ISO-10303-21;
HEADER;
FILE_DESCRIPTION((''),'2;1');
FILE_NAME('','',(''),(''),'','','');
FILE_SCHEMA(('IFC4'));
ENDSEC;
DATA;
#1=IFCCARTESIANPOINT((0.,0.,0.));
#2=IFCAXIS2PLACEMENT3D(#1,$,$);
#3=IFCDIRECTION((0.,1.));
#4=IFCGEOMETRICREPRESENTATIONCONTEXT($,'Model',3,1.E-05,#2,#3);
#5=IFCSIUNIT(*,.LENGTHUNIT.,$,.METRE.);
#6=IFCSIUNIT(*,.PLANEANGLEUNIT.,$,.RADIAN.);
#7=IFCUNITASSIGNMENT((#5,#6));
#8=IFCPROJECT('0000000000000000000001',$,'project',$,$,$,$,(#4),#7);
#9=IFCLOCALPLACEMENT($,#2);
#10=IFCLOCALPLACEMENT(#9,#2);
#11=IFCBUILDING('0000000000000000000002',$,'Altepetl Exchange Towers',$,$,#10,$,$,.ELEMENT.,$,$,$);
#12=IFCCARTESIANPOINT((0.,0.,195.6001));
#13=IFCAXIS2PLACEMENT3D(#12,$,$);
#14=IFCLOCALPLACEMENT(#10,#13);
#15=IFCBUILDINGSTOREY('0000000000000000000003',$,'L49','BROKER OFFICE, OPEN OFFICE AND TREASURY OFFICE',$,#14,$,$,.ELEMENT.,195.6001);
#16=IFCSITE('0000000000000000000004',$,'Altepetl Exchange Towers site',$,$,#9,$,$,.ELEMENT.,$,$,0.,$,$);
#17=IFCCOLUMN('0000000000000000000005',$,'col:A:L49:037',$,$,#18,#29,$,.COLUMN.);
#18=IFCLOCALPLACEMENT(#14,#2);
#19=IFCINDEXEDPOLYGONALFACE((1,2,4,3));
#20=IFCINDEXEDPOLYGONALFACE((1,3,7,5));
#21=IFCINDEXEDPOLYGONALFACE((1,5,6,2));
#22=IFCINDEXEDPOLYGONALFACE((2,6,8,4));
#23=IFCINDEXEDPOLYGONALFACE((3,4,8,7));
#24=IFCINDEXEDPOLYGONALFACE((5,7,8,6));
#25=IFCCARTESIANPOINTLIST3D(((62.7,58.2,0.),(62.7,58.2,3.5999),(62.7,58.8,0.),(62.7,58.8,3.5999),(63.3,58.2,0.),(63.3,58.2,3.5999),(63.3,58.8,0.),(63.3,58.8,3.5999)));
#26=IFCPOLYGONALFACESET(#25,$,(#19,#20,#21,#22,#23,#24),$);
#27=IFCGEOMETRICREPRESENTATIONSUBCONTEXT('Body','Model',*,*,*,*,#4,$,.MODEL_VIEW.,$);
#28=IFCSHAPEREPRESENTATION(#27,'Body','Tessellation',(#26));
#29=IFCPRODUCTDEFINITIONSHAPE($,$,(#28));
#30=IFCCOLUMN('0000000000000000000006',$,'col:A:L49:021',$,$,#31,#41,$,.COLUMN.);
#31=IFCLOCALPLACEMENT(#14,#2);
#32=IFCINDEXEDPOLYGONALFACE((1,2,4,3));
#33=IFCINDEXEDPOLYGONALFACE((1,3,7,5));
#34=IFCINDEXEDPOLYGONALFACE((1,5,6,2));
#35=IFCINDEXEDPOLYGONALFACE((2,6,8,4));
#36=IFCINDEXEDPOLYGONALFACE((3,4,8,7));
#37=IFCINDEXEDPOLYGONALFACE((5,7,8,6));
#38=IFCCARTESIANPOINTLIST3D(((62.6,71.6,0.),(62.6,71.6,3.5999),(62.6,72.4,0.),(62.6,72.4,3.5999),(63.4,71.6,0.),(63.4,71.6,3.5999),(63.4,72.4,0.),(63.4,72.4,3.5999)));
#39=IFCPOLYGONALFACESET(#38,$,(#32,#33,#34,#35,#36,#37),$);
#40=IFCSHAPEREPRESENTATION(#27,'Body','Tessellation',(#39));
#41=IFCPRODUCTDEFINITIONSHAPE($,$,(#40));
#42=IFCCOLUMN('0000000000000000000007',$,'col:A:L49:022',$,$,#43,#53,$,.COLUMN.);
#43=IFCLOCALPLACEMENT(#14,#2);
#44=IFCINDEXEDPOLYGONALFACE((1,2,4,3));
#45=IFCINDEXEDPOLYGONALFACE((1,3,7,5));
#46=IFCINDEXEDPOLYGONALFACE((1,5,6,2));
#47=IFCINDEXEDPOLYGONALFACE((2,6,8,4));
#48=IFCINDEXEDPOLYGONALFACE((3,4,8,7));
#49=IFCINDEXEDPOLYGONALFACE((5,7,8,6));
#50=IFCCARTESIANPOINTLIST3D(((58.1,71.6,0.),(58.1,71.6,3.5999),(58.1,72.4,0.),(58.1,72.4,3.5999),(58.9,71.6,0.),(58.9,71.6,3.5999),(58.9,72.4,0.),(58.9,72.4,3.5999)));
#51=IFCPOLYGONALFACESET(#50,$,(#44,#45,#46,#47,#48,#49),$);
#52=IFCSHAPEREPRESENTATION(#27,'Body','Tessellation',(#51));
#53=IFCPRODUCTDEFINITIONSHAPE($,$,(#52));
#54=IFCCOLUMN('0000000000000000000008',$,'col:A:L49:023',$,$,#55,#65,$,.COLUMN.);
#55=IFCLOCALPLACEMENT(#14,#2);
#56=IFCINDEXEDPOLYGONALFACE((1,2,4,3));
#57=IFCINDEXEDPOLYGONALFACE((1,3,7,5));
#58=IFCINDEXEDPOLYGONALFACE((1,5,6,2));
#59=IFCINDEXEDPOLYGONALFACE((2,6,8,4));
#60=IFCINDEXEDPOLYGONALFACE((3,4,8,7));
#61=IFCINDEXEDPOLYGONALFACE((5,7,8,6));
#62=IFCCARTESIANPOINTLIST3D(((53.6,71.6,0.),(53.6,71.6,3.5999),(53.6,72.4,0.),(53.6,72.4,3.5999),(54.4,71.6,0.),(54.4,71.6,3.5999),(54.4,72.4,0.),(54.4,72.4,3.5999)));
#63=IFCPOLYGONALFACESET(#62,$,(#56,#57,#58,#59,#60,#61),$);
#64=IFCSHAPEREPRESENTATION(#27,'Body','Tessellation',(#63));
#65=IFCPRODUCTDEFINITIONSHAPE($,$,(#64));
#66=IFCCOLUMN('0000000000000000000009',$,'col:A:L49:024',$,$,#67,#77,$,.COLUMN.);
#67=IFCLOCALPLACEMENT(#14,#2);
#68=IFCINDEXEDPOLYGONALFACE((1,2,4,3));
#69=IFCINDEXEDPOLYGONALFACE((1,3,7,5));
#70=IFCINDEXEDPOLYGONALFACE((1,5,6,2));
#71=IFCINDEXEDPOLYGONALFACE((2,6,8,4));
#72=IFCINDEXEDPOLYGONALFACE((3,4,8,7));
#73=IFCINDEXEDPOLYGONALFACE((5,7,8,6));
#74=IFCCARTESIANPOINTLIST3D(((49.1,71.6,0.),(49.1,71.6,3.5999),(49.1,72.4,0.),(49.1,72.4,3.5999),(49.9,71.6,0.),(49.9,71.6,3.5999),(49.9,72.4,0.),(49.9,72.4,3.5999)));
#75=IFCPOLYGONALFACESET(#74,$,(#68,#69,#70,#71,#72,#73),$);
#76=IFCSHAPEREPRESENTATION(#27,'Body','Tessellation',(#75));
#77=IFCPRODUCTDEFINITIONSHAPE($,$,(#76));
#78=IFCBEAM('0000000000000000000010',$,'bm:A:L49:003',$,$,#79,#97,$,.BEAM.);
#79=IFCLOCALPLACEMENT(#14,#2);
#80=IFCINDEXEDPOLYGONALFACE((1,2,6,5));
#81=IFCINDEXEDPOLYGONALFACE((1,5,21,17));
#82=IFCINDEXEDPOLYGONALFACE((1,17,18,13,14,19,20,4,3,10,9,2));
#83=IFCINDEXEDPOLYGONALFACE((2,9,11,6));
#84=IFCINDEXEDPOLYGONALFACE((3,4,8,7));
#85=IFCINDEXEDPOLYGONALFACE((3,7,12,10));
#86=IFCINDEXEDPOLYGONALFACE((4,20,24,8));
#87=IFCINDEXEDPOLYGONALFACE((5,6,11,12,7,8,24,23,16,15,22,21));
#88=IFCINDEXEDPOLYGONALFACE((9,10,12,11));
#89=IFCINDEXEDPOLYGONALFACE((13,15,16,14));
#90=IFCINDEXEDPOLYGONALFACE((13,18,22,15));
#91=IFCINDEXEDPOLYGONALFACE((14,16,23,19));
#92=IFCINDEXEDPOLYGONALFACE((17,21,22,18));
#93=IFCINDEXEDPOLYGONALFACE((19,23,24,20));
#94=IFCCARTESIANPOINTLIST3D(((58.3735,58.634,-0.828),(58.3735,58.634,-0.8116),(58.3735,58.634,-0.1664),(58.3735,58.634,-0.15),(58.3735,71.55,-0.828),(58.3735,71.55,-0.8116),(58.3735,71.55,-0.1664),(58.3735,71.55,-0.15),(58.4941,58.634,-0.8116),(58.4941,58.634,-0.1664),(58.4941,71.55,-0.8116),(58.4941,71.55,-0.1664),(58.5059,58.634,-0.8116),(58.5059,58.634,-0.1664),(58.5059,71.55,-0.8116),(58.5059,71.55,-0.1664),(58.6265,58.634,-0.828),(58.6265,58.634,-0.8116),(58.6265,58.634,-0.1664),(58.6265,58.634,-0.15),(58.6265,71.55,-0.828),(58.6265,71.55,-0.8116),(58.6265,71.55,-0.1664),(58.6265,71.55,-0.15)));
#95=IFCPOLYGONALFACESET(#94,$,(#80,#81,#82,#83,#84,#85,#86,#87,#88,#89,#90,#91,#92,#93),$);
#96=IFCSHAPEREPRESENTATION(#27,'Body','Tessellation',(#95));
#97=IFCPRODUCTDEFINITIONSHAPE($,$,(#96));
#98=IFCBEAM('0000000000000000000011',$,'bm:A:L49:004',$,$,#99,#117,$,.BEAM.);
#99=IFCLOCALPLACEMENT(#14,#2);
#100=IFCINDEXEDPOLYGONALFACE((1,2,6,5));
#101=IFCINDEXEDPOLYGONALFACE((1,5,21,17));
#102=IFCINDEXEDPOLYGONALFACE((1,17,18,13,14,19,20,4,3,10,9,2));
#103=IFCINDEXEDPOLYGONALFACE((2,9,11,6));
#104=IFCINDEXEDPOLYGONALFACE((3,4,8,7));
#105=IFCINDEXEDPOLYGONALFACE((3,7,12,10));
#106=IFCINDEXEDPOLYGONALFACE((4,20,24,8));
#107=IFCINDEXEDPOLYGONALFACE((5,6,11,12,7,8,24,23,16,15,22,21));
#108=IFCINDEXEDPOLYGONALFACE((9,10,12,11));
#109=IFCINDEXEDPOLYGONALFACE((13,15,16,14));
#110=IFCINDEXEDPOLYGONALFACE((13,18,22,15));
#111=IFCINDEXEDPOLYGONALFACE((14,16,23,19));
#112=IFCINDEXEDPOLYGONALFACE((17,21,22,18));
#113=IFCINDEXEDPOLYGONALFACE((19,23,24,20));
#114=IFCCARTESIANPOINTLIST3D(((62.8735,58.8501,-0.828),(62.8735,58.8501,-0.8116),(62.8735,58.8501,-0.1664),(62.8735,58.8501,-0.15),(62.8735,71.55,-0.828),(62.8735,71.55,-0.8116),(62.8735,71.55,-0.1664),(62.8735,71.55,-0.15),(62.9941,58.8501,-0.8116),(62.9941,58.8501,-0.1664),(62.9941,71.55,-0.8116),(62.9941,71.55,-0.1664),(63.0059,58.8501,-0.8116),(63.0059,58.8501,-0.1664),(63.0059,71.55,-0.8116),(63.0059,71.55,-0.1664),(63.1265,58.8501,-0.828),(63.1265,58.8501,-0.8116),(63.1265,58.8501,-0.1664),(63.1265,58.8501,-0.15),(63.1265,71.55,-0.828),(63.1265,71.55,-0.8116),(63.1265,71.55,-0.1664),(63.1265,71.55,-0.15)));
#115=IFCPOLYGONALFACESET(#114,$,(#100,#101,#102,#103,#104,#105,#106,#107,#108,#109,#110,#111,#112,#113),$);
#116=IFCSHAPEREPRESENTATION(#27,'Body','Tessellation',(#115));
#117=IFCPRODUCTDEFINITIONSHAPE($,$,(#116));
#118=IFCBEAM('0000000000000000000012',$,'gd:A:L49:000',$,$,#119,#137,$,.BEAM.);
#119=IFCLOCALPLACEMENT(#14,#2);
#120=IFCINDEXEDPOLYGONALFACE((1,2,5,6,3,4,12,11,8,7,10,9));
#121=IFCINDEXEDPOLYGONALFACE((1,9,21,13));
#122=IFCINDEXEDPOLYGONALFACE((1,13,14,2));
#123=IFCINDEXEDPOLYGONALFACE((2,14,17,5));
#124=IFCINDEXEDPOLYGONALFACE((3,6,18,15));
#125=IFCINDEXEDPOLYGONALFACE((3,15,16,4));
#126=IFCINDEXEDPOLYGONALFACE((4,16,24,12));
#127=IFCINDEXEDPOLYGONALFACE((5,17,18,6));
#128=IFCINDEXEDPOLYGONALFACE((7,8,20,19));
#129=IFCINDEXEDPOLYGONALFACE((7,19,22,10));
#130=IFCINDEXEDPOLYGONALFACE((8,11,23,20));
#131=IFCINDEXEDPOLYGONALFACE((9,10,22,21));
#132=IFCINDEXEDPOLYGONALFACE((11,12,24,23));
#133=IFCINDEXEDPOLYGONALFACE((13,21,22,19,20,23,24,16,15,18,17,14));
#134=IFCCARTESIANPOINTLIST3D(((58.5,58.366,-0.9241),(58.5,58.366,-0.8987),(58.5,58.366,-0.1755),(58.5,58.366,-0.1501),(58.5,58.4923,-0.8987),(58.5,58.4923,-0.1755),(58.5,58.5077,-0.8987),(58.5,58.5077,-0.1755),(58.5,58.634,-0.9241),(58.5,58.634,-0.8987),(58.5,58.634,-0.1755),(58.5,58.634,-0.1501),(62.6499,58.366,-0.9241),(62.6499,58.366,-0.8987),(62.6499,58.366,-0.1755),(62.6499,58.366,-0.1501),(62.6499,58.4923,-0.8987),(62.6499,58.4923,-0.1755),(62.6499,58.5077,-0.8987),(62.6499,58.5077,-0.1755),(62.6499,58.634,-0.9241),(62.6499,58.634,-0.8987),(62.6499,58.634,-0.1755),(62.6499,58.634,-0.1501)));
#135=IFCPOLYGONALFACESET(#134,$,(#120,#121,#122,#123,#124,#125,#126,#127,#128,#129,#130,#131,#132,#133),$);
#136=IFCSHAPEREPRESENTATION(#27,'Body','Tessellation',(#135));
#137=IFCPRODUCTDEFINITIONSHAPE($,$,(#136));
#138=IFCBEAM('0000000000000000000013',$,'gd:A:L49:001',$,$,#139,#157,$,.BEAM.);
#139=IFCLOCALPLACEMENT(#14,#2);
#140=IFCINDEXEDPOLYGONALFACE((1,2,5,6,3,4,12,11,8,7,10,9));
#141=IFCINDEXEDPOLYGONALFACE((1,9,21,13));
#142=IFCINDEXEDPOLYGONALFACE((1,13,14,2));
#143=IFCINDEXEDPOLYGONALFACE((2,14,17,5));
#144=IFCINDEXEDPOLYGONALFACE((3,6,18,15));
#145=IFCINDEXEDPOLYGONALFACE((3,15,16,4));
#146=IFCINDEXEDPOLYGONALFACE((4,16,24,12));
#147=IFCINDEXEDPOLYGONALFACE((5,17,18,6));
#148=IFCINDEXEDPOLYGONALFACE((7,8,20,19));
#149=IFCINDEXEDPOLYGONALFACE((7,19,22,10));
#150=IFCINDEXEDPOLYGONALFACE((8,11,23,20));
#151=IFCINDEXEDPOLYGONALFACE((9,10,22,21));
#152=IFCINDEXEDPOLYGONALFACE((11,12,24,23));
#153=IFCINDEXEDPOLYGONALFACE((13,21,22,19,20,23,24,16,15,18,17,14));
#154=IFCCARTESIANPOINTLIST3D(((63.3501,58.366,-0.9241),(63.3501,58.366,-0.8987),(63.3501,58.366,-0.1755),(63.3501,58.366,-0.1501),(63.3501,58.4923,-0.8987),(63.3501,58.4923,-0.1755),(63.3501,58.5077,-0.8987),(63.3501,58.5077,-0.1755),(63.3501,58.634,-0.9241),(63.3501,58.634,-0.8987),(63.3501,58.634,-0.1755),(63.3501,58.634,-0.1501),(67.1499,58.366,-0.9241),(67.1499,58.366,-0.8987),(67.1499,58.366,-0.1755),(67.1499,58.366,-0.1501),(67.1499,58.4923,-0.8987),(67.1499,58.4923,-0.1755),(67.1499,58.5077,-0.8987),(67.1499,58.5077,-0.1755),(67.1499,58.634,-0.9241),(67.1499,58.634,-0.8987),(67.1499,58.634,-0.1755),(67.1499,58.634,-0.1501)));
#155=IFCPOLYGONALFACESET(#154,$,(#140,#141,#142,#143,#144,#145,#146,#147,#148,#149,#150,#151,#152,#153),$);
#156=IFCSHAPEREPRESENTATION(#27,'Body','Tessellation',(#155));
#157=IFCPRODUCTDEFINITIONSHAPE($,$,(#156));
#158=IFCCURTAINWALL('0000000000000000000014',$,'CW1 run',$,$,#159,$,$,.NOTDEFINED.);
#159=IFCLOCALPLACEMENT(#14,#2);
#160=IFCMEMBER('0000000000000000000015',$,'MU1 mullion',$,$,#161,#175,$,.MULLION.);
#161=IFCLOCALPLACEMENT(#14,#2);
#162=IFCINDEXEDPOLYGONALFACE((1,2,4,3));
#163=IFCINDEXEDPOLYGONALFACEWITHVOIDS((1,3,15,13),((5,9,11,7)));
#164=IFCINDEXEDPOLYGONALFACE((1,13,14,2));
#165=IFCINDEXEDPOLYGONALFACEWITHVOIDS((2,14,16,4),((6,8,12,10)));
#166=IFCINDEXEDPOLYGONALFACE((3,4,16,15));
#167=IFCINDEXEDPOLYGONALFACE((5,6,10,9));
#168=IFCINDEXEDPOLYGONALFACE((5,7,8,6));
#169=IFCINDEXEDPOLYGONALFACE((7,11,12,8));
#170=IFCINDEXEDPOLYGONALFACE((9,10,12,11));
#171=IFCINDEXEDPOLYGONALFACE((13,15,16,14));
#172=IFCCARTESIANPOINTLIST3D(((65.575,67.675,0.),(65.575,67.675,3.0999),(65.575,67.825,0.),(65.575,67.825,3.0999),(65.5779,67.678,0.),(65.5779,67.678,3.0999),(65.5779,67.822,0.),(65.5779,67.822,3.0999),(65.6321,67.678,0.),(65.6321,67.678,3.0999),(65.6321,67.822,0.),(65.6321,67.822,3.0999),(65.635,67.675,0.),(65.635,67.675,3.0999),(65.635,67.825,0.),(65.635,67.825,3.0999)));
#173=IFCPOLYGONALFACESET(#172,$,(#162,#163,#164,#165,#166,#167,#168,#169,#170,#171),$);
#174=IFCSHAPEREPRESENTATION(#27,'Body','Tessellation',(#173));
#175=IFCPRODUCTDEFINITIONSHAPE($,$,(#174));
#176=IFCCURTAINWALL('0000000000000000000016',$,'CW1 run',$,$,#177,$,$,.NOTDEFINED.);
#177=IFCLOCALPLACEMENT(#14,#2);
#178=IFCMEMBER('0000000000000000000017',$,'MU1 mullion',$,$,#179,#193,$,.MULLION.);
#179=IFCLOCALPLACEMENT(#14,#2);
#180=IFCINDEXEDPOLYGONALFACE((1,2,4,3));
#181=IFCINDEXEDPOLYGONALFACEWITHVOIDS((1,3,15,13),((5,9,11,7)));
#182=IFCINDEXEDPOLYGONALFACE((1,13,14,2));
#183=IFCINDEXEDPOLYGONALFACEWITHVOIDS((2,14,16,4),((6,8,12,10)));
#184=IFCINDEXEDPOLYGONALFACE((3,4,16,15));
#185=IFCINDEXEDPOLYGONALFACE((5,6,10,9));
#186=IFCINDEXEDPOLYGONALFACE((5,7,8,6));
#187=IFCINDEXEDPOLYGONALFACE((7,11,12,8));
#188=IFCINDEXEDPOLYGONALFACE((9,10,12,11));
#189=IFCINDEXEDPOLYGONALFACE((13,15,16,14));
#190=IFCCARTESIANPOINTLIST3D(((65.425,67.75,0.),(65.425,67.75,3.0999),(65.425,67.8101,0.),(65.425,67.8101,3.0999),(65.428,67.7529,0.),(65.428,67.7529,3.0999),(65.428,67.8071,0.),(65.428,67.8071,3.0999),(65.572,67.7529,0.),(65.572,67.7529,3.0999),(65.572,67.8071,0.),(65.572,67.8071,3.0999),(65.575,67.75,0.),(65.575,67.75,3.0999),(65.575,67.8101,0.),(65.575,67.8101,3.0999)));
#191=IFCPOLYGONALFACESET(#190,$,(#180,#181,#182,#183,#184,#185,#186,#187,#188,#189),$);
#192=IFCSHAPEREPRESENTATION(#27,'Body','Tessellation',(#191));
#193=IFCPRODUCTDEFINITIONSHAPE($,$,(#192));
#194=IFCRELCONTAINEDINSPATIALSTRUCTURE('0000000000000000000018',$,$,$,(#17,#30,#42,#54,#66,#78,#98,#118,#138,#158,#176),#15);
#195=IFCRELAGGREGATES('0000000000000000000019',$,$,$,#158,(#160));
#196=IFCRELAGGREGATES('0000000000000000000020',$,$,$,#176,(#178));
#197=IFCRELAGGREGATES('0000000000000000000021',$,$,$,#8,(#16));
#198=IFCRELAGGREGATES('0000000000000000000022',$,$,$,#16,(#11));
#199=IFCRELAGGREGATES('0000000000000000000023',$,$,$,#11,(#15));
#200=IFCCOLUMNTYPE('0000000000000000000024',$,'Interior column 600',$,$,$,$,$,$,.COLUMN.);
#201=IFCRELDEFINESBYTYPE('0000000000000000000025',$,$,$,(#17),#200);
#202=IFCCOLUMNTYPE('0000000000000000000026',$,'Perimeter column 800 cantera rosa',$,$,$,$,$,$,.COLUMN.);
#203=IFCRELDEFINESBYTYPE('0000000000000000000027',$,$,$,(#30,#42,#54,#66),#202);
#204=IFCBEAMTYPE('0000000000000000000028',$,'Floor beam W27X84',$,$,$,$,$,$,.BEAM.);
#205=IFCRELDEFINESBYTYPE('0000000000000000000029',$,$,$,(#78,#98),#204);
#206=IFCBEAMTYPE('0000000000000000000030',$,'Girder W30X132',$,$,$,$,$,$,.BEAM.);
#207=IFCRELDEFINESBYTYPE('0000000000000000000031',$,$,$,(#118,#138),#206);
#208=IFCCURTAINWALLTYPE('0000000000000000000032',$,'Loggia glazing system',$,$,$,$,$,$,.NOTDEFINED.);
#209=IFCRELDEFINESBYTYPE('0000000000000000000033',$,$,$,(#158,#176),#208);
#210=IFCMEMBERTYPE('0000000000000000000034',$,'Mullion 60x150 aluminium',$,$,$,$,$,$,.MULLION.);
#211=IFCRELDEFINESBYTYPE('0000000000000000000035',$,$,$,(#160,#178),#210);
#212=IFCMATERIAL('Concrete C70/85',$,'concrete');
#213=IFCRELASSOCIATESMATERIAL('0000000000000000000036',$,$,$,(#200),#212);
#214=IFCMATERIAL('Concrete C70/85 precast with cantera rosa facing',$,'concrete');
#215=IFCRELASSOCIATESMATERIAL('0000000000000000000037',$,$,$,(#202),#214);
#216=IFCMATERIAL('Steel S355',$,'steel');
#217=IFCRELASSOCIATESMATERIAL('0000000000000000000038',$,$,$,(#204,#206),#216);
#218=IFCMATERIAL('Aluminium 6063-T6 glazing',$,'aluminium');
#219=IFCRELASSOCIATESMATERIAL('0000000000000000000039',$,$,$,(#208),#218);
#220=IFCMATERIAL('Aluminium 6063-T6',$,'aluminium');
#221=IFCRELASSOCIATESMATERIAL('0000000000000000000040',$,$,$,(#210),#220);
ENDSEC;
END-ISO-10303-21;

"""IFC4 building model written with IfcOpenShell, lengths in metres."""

from ifc_helpers import new_model, si_unit, direction, frame, origin, origin_2d, place, context, subcontext, project, spatial, rectangle, hollow_rectangle, i_section, extrude, material, material_profile, profile_set, type_object, element, aggregate, save


model = new_model("IFC4")

# Units and contexts
model_context = context("Model", 3, precision=1e-05, world=origin(), true_north=direction((0.0, 1.0)))
body_context = subcontext(model_context, "Body", "Model", "MODEL_VIEW")
ifc_project = project(units=[si_unit("LENGTHUNIT", "METRE"), si_unit("PLANEANGLEUNIT", "RADIAN")], contexts=[model_context])

# Site, building, storey
site_placement = place(None, origin())
site = spatial("IfcSite", under=ifc_project, at=site_placement, Name="Altepetl Exchange Towers site", CompositionType="ELEMENT", RefElevation=0.0)
building_placement = place(site_placement, origin())
building = spatial("IfcBuilding", under=site, at=building_placement, Name="Altepetl Exchange Towers", CompositionType="ELEMENT")
storey_placement = place(building_placement, frame((0.0, 0.0, 195.6001)))
storey = spatial("IfcBuildingStorey", under=building, at=storey_placement, Name="L49", Description="BROKER OFFICE, OPEN OFFICE AND TREASURY OFFICE", CompositionType="ELEMENT", Elevation=195.6001)

# Columns
ifc_material_1 = material(Name="Concrete C70/85", Category="concrete")
ifc_material_profile_1 = material_profile(ifc_material_1, rectangle(XDim=0.6001, YDim=0.6001, at=origin_2d()), Name="600 x 600")
ifc_profile_set_1 = profile_set([ifc_material_profile_1], Name="Concrete C70/85")
column_type_1 = type_object("IfcColumnType", Name="Interior column 600", PredefinedType="COLUMN", material=ifc_profile_set_1)
column_placement = place(storey_placement, frame((63.0, 58.5, 0.0)))
element("IfcColumn", 1, at=column_placement, inside=storey, type_object=column_type_1, Name="col:A:L49:037", PredefinedType="COLUMN", context=body_context, shape_type="SweptSolid", body=[
    extrude(rectangle(XDim=0.6001, YDim=0.6001, at=origin_2d()), origin(), (0.0, 0.0, 1.0), 3.5999),
])
ifc_material_2 = material(Name="Concrete C70/85 precast with cantera rosa facing", Category="concrete")
ifc_material_profile_2 = material_profile(ifc_material_2, rectangle(XDim=0.8, YDim=0.8, at=origin_2d()), Name="800 x 800")
ifc_profile_set_2 = profile_set([ifc_material_profile_2], Name="Concrete C70/85 precast with cantera rosa facing")
column_type_2 = type_object("IfcColumnType", Name="Perimeter column 800 cantera rosa", PredefinedType="COLUMN", material=ifc_profile_set_2)
for number, where, name in (
    (2, (63.0, 72.0, 0.0), "col:A:L49:021"),
    (3, (58.5, 72.0, 0.0), "col:A:L49:022"),
    (4, (54.0, 72.0, 0.0), "col:A:L49:023"),
    (5, (49.5, 72.0, 0.0), "col:A:L49:024"),
):
    element("IfcColumn", number, at=place(storey_placement, frame(where)), inside=storey, type_object=column_type_2, Name=name, PredefinedType="COLUMN", context=body_context, shape_type="SweptSolid", body=[
        extrude(rectangle(XDim=0.8, YDim=0.8, at=origin_2d()), origin(), (0.0, 0.0, 1.0), 3.5999),
    ])

# Beams
ifc_material_3 = material(Name="Steel S355", Category="steel")
ifc_material_profile_3 = material_profile(ifc_material_3, i_section(OverallWidth=0.2529, OverallDepth=0.678, WebThickness=0.0117, FlangeThickness=0.0164, at=origin_2d()), Name="W27X84")
ifc_profile_set_3 = profile_set([ifc_material_profile_3], Name="Steel S355")
beam_type_1 = type_object("IfcBeamType", Name="Floor beam W27X84", PredefinedType="BEAM", material=ifc_profile_set_3)
beam_1_placement = place(storey_placement, frame((58.5, 58.634, -0.489), z_axis=(0.0, 1.0, 0.0), x_axis=(-1.0, 0.0, 0.0)))
element("IfcBeam", 6, at=beam_1_placement, inside=storey, type_object=beam_type_1, Name="bm:A:L49:003", PredefinedType="BEAM", context=body_context, shape_type="SweptSolid", body=[
    extrude(i_section(OverallWidth=0.2529, OverallDepth=0.678, WebThickness=0.0117, FlangeThickness=0.0164, at=origin_2d()), origin(), (0.0, 0.0, 1.0), 12.916),
])
beam_2_placement = place(storey_placement, frame((63.0, 58.8501, -0.489), z_axis=(0.0, 1.0, 0.0), x_axis=(-1.0, 0.0, 0.0)))
element("IfcBeam", 7, at=beam_2_placement, inside=storey, type_object=beam_type_1, Name="bm:A:L49:004", PredefinedType="BEAM", context=body_context, shape_type="SweptSolid", body=[
    extrude(i_section(OverallWidth=0.2529, OverallDepth=0.678, WebThickness=0.0117, FlangeThickness=0.0164, at=origin_2d()), origin(), (0.0, 0.0, 1.0), 12.7),
])
ifc_material_profile_4 = material_profile(ifc_material_3, i_section(OverallWidth=0.2681, OverallDepth=0.7739, WebThickness=0.0154, FlangeThickness=0.0254, at=origin_2d()), Name="W30X132")
ifc_profile_set_4 = profile_set([ifc_material_profile_4], Name="Steel S355")
beam_type_2 = type_object("IfcBeamType", Name="Girder W30X132", PredefinedType="BEAM", material=ifc_profile_set_4)
beam_3_placement = place(storey_placement, frame((58.5, 58.5, -0.5371), z_axis=(1.0, 0.0, 0.0), x_axis=(0.0, 1.0, 0.0)))
element("IfcBeam", 8, at=beam_3_placement, inside=storey, type_object=beam_type_2, Name="gd:A:L49:000", PredefinedType="BEAM", context=body_context, shape_type="SweptSolid", body=[
    extrude(i_section(OverallWidth=0.2681, OverallDepth=0.7739, WebThickness=0.0154, FlangeThickness=0.0254, at=origin_2d()), origin(), (0.0, 0.0, 1.0), 4.1499),
])
beam_4_placement = place(storey_placement, frame((63.3501, 58.5, -0.5371), z_axis=(1.0, 0.0, 0.0), x_axis=(0.0, 1.0, 0.0)))
element("IfcBeam", 9, at=beam_4_placement, inside=storey, type_object=beam_type_2, Name="gd:A:L49:001", PredefinedType="BEAM", context=body_context, shape_type="SweptSolid", body=[
    extrude(i_section(OverallWidth=0.2681, OverallDepth=0.7739, WebThickness=0.0154, FlangeThickness=0.0254, at=origin_2d()), origin(), (0.0, 0.0, 1.0), 3.7998),
])

# Curtain wall, member
ifc_material_4 = material(Name="Aluminium 6063-T6 glazing", Category="aluminium")
curtain_wall_type = type_object("IfcCurtainWallType", Name="Loggia glazing system", PredefinedType="NOTDEFINED", material=ifc_material_4)
curtain_wall_1_placement = place(storey_placement, origin())
curtain_wall_1 = element("IfcCurtainWall", 10, at=curtain_wall_1_placement, inside=storey, type_object=curtain_wall_type, Name="CW1 run", PredefinedType="NOTDEFINED")
ifc_material_5 = material(Name="Aluminium 6063-T6", Category="aluminium")
ifc_material_profile_5 = material_profile(ifc_material_5, hollow_rectangle(XDim=0.0601, YDim=0.1499, WallThickness=0.0029, at=origin_2d()), Name="Mullion 60x150 aluminium")
ifc_profile_set_5 = profile_set([ifc_material_profile_5], Name="Aluminium 6063-T6")
member_type = type_object("IfcMemberType", Name="Mullion 60x150 aluminium", PredefinedType="MULLION", material=ifc_profile_set_5)
member_1_placement = place(storey_placement, frame((65.605, 67.75, 0.0), z_axis=(0.0, 0.0, 1.0), x_axis=(-1.0, 0.0, 0.0)))
member_1 = element("IfcMember", 11, at=member_1_placement, type_object=member_type, Name="MU1 mullion", PredefinedType="MULLION", context=body_context, shape_type="SweptSolid", body=[
    extrude(hollow_rectangle(XDim=0.0601, YDim=0.1499, WallThickness=0.0029, at=origin_2d()), origin(), (0.0, 0.0, 1.0), 3.0999),
])

# Curtain wall, member
curtain_wall_2_placement = place(storey_placement, origin())
curtain_wall_2 = element("IfcCurtainWall", 12, at=curtain_wall_2_placement, inside=storey, type_object=curtain_wall_type, Name="CW1 run", PredefinedType="NOTDEFINED")
member_2_placement = place(storey_placement, frame((65.5, 67.78, 0.0), z_axis=(0.0, 0.0, 1.0), x_axis=(0.0, 1.0, 0.0)))
member_2 = element("IfcMember", 13, at=member_2_placement, type_object=member_type, Name="MU1 mullion", PredefinedType="MULLION", context=body_context, shape_type="SweptSolid", body=[
    extrude(hollow_rectangle(XDim=0.0601, YDim=0.1499, WallThickness=0.0029, at=origin_2d()), origin(), (0.0, 0.0, 1.0), 3.0999),
])

aggregate(curtain_wall_1, [member_1])
aggregate(curtain_wall_2, [member_2])

save(model, "model.ifc")
